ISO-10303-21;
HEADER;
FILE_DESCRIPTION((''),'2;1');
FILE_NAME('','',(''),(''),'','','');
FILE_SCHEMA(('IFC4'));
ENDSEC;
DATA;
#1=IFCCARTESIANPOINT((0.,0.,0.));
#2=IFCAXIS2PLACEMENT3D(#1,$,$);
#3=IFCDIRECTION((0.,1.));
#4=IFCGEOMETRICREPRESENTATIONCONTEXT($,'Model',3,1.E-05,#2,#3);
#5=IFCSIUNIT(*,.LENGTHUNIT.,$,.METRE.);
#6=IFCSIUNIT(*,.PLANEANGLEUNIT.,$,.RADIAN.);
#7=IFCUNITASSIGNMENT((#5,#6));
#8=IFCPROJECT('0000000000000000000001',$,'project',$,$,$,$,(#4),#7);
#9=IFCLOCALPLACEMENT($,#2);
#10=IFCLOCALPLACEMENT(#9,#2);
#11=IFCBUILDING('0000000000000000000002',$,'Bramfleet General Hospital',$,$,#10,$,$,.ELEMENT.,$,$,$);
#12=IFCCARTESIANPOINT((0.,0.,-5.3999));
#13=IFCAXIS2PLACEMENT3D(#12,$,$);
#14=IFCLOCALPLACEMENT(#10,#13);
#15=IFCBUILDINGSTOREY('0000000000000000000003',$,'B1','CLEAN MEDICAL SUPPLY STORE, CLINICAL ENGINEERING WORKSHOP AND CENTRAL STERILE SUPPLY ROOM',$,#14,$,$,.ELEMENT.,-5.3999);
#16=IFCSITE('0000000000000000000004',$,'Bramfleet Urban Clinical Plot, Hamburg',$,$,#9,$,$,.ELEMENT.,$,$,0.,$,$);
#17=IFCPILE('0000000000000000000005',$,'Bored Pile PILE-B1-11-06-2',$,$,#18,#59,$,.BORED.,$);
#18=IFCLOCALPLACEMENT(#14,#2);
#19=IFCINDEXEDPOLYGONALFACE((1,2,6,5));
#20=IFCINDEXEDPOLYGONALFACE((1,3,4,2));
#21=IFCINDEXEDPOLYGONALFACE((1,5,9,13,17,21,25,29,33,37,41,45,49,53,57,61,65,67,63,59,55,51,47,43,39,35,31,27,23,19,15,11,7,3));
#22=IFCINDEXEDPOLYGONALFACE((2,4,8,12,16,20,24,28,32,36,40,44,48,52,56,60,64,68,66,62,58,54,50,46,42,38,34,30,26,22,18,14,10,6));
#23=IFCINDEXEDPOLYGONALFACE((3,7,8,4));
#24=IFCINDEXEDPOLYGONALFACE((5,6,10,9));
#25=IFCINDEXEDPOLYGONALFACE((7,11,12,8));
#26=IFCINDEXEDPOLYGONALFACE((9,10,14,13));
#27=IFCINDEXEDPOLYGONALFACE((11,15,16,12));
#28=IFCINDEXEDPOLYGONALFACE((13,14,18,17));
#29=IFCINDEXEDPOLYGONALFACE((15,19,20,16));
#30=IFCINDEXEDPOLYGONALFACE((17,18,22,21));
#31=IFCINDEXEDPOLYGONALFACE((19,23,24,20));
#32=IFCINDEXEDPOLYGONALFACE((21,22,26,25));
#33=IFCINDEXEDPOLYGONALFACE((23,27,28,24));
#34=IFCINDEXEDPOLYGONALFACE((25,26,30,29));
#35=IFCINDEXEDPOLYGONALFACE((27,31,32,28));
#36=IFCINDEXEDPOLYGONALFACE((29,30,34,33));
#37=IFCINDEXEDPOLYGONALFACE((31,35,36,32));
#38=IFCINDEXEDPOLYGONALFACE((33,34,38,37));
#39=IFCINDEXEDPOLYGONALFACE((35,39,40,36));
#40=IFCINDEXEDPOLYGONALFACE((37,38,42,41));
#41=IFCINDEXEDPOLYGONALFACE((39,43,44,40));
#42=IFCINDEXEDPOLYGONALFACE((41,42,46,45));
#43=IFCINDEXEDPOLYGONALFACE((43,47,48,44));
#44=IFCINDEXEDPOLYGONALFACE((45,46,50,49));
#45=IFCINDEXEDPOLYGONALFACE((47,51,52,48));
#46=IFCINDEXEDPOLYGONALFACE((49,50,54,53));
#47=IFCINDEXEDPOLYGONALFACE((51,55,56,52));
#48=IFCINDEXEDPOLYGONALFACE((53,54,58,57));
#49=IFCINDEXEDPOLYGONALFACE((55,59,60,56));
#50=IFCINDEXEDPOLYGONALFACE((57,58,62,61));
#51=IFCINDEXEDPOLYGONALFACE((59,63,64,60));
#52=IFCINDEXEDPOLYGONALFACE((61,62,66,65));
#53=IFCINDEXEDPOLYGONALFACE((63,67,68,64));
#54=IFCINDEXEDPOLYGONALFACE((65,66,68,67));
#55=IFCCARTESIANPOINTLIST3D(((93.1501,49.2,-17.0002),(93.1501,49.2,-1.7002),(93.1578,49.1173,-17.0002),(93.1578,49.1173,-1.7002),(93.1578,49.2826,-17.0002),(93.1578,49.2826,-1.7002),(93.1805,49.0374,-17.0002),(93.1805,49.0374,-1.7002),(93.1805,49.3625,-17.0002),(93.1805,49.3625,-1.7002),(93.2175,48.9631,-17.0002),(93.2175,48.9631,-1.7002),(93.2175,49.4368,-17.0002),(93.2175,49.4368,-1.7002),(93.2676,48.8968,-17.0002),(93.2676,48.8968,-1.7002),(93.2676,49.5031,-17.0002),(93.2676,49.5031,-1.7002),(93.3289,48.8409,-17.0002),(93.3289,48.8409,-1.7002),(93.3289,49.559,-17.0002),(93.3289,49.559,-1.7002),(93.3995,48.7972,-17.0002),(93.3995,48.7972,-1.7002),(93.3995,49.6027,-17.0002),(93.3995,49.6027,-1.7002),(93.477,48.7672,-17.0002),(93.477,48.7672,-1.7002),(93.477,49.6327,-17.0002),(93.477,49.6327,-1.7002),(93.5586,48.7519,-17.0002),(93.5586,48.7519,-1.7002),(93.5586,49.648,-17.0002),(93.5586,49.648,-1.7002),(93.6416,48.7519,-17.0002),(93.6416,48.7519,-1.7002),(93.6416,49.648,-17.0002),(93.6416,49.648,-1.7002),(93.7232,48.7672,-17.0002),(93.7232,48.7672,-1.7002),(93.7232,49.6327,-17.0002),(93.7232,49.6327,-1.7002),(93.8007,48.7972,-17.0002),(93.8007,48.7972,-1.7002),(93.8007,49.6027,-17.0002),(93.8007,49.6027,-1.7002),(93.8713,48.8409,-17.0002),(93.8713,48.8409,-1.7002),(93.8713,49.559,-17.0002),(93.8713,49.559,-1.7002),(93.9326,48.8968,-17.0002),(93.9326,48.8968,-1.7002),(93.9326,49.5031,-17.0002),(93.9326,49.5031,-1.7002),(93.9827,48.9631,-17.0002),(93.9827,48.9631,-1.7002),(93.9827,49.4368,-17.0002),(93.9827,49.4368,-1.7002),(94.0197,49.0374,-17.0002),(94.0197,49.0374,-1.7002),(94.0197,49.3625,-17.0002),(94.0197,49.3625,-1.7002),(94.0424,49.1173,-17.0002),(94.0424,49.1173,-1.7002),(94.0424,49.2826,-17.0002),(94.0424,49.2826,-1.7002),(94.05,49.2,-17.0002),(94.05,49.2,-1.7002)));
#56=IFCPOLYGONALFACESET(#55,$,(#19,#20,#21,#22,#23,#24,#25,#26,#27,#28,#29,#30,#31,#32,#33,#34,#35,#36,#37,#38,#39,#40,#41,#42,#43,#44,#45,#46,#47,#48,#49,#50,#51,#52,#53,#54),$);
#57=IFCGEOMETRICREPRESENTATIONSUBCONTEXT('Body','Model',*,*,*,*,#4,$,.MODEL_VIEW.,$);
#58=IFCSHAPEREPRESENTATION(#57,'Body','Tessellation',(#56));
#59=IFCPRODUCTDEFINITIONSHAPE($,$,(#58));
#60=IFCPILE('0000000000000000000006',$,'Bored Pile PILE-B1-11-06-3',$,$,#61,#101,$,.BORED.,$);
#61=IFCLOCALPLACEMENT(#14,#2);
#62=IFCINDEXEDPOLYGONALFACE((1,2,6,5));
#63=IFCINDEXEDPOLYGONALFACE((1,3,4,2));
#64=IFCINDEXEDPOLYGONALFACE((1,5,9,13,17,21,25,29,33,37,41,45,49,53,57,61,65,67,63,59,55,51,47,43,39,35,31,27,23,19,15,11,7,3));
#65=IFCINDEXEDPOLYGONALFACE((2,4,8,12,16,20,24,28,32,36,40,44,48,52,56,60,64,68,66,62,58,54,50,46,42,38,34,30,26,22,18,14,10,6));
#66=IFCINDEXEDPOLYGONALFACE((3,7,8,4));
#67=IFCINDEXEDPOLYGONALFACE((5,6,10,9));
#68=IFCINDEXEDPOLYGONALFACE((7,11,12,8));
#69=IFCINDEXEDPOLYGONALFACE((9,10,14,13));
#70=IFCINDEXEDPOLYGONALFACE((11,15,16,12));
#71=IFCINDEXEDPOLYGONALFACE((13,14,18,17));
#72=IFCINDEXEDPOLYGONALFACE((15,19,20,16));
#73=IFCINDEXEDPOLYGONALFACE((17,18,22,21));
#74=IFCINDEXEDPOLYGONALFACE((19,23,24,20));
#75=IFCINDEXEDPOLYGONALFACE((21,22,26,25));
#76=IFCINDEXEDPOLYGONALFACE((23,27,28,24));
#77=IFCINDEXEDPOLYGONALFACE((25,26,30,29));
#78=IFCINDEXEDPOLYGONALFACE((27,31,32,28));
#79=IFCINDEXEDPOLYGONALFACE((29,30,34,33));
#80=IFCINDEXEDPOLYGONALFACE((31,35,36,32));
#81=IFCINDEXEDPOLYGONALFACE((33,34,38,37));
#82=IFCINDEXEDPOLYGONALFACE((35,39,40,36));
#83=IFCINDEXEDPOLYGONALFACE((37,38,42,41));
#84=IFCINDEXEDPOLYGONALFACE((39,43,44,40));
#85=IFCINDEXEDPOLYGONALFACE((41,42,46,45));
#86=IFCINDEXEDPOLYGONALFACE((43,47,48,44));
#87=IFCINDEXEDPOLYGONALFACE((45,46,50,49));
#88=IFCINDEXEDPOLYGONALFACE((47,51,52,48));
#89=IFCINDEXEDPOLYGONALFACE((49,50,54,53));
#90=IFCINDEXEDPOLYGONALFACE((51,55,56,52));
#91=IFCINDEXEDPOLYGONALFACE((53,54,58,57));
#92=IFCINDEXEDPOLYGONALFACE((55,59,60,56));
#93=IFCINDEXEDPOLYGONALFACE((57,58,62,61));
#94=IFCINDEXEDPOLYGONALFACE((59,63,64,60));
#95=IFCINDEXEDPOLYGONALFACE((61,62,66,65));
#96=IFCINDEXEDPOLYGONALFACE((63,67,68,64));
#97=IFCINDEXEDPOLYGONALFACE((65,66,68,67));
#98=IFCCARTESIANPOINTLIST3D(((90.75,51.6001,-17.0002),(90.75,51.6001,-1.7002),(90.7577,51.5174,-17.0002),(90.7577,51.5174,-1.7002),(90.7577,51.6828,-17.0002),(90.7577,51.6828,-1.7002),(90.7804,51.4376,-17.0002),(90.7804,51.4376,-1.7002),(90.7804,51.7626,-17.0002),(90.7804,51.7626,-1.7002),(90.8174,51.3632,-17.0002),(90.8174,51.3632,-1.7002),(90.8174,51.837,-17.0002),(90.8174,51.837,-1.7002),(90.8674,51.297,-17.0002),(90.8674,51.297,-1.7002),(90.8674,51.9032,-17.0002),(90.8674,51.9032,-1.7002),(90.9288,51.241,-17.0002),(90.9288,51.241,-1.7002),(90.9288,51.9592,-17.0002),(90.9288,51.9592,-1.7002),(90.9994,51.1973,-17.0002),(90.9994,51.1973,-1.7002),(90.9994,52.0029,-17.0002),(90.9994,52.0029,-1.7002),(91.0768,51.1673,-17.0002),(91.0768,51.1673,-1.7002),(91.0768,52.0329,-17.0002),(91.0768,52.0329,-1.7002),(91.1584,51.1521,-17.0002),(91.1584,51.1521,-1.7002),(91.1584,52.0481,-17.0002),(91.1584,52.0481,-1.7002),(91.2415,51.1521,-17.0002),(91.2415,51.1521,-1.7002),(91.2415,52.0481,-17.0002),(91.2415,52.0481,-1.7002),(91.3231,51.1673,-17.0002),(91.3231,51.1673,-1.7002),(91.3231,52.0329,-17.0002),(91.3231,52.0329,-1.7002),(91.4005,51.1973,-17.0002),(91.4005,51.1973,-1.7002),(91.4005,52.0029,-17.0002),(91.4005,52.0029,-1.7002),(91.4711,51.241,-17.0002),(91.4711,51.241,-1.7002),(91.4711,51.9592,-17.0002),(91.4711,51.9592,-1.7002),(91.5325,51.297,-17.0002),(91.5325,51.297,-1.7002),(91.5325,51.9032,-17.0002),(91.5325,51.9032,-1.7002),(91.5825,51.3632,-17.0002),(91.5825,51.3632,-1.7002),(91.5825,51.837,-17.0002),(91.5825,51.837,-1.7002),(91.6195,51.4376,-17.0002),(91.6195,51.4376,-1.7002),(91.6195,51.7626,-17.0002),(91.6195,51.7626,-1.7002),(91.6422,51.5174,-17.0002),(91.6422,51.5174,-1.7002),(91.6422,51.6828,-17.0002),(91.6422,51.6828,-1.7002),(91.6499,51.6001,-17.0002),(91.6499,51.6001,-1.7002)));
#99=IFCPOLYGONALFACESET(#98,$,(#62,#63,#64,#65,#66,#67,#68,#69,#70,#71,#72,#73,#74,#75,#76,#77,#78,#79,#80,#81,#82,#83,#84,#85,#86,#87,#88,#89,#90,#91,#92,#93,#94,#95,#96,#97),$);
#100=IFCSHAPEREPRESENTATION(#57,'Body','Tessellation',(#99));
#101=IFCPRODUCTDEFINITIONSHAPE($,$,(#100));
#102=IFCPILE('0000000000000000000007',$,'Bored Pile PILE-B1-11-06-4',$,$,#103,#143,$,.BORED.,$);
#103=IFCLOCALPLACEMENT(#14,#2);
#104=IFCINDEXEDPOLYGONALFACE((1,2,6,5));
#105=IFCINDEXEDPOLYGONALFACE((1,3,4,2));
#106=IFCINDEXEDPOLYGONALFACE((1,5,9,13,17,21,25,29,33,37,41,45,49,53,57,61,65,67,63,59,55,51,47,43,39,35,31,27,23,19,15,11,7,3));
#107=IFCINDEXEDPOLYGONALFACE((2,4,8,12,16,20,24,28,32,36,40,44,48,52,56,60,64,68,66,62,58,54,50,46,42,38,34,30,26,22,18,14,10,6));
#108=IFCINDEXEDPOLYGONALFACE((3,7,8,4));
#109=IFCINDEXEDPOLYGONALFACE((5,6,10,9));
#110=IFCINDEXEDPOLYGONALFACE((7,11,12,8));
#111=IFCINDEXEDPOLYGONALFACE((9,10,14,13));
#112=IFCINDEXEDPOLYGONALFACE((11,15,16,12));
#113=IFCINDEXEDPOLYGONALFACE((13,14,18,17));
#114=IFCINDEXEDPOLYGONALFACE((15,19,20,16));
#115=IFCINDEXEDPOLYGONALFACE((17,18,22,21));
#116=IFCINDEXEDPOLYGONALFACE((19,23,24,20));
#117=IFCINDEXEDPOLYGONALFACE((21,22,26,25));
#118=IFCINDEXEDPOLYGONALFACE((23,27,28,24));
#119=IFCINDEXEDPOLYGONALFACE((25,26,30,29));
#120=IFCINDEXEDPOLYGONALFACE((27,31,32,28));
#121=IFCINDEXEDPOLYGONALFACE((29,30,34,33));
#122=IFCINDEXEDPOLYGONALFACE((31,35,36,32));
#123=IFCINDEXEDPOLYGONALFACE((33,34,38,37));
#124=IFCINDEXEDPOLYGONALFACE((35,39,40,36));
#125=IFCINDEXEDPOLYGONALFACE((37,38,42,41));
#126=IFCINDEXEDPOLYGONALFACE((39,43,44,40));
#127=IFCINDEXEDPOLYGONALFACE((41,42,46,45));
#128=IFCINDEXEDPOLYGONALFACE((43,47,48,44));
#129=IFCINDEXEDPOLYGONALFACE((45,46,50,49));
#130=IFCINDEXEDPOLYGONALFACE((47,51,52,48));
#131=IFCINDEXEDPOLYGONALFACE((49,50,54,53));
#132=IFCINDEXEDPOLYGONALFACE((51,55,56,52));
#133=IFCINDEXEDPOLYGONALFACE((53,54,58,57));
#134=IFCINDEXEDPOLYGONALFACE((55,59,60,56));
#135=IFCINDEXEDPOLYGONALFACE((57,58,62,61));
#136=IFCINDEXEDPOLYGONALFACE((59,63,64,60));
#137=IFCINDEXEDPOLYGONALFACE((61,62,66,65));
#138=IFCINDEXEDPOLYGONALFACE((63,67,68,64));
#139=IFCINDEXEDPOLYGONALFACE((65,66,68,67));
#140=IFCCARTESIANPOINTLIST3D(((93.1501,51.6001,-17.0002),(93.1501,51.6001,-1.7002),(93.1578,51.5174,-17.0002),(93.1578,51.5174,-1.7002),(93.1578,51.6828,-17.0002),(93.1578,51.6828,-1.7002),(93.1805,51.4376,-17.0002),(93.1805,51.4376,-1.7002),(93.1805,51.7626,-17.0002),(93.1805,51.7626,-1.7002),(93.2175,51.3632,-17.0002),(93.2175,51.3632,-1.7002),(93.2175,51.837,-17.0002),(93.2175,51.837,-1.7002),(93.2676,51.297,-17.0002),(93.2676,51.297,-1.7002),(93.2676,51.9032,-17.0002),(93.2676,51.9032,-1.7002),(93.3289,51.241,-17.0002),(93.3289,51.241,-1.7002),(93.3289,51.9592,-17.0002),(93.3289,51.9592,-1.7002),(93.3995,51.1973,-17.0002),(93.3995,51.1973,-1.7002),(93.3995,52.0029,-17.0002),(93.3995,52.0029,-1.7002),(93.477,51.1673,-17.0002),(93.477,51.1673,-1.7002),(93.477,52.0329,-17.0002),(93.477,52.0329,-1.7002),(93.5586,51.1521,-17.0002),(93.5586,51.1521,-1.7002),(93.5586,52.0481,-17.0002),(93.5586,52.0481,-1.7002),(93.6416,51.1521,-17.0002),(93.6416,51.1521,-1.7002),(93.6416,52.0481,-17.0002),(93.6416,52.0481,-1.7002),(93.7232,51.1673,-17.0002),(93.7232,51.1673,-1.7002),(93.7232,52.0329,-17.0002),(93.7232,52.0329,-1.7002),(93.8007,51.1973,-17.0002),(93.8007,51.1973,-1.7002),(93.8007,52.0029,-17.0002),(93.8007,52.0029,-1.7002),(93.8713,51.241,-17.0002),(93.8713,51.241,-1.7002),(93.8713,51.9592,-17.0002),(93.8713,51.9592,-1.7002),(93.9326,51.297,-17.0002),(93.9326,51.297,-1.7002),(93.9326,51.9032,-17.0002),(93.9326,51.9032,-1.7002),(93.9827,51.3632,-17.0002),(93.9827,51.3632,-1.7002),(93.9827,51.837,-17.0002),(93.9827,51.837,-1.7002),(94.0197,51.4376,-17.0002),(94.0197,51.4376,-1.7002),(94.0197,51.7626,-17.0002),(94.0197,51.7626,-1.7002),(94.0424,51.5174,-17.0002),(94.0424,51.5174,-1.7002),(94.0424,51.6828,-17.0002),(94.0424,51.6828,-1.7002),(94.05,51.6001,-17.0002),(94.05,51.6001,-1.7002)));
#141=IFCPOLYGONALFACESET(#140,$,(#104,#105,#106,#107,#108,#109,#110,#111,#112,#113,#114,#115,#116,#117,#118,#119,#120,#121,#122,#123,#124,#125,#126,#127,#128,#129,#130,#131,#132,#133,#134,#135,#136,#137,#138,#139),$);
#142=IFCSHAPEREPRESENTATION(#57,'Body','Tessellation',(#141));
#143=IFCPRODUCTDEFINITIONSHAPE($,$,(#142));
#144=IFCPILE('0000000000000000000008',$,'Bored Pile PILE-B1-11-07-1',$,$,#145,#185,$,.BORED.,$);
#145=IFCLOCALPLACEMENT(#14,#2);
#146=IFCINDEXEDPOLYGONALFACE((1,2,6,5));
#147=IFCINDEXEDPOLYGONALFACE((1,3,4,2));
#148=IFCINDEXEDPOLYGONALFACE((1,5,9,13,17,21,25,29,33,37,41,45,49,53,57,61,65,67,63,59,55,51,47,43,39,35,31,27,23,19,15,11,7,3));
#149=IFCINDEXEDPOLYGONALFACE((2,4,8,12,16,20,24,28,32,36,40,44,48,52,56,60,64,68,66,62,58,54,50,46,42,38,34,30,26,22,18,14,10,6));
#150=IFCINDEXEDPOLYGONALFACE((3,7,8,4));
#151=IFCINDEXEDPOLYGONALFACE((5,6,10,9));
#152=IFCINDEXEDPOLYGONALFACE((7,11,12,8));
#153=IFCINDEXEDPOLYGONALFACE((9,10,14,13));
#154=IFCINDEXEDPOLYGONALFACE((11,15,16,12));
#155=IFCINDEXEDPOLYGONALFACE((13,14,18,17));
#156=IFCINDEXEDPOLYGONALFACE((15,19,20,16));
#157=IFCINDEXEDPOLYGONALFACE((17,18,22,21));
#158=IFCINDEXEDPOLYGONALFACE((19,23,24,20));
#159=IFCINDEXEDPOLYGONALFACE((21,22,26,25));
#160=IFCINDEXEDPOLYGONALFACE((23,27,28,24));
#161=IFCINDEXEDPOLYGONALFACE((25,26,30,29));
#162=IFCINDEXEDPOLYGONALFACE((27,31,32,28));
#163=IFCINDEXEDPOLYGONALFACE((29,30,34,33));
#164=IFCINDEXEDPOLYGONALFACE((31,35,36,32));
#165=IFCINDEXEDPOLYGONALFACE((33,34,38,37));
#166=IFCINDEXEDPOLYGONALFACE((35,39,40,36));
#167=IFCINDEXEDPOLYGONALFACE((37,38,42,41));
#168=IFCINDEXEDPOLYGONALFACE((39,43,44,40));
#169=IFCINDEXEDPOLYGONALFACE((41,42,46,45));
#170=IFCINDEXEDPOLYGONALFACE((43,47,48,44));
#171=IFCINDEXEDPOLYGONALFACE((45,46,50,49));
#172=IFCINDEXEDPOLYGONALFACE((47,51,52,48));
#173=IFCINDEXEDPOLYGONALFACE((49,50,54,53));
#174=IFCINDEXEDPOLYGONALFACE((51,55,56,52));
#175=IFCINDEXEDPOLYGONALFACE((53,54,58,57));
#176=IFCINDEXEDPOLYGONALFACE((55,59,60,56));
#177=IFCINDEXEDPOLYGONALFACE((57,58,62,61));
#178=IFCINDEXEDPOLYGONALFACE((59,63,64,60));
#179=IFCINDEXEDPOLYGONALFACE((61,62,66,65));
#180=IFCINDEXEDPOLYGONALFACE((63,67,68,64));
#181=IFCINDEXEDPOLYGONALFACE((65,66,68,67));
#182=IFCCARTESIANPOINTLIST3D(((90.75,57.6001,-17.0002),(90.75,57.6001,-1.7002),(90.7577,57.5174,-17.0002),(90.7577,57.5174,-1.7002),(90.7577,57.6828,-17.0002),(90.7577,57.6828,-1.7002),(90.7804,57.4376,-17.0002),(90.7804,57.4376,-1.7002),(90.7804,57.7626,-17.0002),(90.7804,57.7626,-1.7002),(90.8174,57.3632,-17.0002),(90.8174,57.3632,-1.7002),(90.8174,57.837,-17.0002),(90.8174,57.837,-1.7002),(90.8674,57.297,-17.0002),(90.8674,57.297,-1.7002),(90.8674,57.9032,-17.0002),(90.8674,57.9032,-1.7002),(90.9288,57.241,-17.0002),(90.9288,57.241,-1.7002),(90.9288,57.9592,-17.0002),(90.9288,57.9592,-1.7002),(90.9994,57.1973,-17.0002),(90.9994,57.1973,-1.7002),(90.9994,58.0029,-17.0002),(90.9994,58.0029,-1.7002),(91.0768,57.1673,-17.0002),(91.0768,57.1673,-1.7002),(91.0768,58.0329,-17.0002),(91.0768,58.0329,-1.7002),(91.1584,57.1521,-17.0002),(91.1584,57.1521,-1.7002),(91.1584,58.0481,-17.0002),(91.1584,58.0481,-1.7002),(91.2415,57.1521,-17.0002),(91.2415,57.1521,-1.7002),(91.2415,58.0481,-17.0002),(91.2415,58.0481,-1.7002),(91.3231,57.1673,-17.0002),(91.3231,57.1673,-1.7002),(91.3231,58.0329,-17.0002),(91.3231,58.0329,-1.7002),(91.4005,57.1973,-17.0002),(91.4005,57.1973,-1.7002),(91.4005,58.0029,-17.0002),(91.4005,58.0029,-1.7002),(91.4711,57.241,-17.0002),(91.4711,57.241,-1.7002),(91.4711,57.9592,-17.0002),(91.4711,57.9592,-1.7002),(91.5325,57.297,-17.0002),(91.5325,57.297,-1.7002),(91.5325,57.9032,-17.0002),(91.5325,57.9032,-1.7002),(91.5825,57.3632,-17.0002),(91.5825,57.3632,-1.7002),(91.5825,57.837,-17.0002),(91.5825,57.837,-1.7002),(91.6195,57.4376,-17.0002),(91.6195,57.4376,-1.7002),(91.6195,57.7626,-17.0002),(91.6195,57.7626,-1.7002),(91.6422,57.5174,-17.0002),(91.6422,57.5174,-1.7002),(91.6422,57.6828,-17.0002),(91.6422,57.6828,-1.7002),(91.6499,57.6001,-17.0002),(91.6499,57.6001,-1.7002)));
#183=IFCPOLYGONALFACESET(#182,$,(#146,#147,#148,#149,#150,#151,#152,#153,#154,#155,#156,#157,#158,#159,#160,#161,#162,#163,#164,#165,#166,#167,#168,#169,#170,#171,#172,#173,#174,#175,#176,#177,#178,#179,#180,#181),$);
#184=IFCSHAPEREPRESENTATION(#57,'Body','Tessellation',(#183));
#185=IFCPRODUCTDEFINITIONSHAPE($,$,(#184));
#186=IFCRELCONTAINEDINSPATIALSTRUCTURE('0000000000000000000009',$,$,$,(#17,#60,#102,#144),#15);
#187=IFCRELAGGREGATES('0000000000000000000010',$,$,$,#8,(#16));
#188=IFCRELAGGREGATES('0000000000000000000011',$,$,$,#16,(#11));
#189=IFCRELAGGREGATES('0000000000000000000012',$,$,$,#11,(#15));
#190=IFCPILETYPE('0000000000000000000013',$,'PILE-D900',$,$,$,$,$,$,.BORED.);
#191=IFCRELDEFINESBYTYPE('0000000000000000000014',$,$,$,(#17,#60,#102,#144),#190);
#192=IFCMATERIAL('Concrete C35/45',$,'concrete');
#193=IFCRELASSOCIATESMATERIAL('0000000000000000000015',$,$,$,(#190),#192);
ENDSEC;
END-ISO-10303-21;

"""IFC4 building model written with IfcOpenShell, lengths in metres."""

from ifc_helpers import new_model, si_unit, direction, frame, origin, origin_2d, place, context, subcontext, project, spatial, circle, extrude, material, material_profile, profile_set, type_object, element, save


model = new_model("IFC4")

# Units and contexts
model_context = context("Model", 3, precision=1e-05, world=origin(), true_north=direction((0.0, 1.0)))
body_context = subcontext(model_context, "Body", "Model", "MODEL_VIEW")
ifc_project = project(units=[si_unit("LENGTHUNIT", "METRE"), si_unit("PLANEANGLEUNIT", "RADIAN")], contexts=[model_context])

# Site, building, storey
site_placement = place(None, origin())
site = spatial("IfcSite", under=ifc_project, at=site_placement, Name="Bramfleet Urban Clinical Plot, Hamburg", CompositionType="ELEMENT", RefElevation=0.0)
building_placement = place(site_placement, origin())
building = spatial("IfcBuilding", under=site, at=building_placement, Name="Bramfleet General Hospital", CompositionType="ELEMENT")
storey_placement = place(building_placement, frame((0.0, 0.0, -5.3999)))
storey = spatial("IfcBuildingStorey", under=building, at=storey_placement, Name="B1", Description="CLEAN MEDICAL SUPPLY STORE, CLINICAL ENGINEERING WORKSHOP AND CENTRAL STERILE SUPPLY ROOM", CompositionType="ELEMENT", Elevation=-5.3999)

# Shared definitions
ifc_material_1 = material(Name="Concrete C35/45", Category="concrete")

# Piles
ifc_material_profile_1 = material_profile(ifc_material_1, circle(Radius=0.45, at=origin_2d()), Name="PILE BORED D900")
ifc_profile_set_1 = profile_set([ifc_material_profile_1], Name="Concrete C35/45")
pile_type = type_object("IfcPileType", Name="PILE-D900", PredefinedType="BORED", material=ifc_profile_set_1)
for number, where, z_axis, x_axis, name in (
    (1, (93.6001, 49.2, -1.7002), (0.0, 0.0, -1.0), (1.0, 0.0, 0.0), "Bored Pile PILE-B1-11-06-2"),
    (2, (91.2, 51.6001, -1.7002), (0.0, 0.0, -1.0), (1.0, 0.0, 0.0), "Bored Pile PILE-B1-11-06-3"),
    (3, (93.6001, 51.6001, -1.7002), (0.0, 0.0, -1.0), (1.0, 0.0, 0.0), "Bored Pile PILE-B1-11-06-4"),
    (4, (91.2, 57.6001, -1.7002), (0.0, 0.0, -1.0), (1.0, 0.0, 0.0), "Bored Pile PILE-B1-11-07-1"),
):
    element("IfcPile", number, at=place(storey_placement, frame(where, z_axis=z_axis, x_axis=x_axis)), inside=storey, type_object=pile_type, Name=name, PredefinedType="BORED", context=body_context, shape_type="SweptSolid", body=[
        extrude(circle(Radius=0.45, at=origin_2d()), origin(), (0.0, 0.0, 1.0), 15.3),
    ])

save(model, "model.ifc")
